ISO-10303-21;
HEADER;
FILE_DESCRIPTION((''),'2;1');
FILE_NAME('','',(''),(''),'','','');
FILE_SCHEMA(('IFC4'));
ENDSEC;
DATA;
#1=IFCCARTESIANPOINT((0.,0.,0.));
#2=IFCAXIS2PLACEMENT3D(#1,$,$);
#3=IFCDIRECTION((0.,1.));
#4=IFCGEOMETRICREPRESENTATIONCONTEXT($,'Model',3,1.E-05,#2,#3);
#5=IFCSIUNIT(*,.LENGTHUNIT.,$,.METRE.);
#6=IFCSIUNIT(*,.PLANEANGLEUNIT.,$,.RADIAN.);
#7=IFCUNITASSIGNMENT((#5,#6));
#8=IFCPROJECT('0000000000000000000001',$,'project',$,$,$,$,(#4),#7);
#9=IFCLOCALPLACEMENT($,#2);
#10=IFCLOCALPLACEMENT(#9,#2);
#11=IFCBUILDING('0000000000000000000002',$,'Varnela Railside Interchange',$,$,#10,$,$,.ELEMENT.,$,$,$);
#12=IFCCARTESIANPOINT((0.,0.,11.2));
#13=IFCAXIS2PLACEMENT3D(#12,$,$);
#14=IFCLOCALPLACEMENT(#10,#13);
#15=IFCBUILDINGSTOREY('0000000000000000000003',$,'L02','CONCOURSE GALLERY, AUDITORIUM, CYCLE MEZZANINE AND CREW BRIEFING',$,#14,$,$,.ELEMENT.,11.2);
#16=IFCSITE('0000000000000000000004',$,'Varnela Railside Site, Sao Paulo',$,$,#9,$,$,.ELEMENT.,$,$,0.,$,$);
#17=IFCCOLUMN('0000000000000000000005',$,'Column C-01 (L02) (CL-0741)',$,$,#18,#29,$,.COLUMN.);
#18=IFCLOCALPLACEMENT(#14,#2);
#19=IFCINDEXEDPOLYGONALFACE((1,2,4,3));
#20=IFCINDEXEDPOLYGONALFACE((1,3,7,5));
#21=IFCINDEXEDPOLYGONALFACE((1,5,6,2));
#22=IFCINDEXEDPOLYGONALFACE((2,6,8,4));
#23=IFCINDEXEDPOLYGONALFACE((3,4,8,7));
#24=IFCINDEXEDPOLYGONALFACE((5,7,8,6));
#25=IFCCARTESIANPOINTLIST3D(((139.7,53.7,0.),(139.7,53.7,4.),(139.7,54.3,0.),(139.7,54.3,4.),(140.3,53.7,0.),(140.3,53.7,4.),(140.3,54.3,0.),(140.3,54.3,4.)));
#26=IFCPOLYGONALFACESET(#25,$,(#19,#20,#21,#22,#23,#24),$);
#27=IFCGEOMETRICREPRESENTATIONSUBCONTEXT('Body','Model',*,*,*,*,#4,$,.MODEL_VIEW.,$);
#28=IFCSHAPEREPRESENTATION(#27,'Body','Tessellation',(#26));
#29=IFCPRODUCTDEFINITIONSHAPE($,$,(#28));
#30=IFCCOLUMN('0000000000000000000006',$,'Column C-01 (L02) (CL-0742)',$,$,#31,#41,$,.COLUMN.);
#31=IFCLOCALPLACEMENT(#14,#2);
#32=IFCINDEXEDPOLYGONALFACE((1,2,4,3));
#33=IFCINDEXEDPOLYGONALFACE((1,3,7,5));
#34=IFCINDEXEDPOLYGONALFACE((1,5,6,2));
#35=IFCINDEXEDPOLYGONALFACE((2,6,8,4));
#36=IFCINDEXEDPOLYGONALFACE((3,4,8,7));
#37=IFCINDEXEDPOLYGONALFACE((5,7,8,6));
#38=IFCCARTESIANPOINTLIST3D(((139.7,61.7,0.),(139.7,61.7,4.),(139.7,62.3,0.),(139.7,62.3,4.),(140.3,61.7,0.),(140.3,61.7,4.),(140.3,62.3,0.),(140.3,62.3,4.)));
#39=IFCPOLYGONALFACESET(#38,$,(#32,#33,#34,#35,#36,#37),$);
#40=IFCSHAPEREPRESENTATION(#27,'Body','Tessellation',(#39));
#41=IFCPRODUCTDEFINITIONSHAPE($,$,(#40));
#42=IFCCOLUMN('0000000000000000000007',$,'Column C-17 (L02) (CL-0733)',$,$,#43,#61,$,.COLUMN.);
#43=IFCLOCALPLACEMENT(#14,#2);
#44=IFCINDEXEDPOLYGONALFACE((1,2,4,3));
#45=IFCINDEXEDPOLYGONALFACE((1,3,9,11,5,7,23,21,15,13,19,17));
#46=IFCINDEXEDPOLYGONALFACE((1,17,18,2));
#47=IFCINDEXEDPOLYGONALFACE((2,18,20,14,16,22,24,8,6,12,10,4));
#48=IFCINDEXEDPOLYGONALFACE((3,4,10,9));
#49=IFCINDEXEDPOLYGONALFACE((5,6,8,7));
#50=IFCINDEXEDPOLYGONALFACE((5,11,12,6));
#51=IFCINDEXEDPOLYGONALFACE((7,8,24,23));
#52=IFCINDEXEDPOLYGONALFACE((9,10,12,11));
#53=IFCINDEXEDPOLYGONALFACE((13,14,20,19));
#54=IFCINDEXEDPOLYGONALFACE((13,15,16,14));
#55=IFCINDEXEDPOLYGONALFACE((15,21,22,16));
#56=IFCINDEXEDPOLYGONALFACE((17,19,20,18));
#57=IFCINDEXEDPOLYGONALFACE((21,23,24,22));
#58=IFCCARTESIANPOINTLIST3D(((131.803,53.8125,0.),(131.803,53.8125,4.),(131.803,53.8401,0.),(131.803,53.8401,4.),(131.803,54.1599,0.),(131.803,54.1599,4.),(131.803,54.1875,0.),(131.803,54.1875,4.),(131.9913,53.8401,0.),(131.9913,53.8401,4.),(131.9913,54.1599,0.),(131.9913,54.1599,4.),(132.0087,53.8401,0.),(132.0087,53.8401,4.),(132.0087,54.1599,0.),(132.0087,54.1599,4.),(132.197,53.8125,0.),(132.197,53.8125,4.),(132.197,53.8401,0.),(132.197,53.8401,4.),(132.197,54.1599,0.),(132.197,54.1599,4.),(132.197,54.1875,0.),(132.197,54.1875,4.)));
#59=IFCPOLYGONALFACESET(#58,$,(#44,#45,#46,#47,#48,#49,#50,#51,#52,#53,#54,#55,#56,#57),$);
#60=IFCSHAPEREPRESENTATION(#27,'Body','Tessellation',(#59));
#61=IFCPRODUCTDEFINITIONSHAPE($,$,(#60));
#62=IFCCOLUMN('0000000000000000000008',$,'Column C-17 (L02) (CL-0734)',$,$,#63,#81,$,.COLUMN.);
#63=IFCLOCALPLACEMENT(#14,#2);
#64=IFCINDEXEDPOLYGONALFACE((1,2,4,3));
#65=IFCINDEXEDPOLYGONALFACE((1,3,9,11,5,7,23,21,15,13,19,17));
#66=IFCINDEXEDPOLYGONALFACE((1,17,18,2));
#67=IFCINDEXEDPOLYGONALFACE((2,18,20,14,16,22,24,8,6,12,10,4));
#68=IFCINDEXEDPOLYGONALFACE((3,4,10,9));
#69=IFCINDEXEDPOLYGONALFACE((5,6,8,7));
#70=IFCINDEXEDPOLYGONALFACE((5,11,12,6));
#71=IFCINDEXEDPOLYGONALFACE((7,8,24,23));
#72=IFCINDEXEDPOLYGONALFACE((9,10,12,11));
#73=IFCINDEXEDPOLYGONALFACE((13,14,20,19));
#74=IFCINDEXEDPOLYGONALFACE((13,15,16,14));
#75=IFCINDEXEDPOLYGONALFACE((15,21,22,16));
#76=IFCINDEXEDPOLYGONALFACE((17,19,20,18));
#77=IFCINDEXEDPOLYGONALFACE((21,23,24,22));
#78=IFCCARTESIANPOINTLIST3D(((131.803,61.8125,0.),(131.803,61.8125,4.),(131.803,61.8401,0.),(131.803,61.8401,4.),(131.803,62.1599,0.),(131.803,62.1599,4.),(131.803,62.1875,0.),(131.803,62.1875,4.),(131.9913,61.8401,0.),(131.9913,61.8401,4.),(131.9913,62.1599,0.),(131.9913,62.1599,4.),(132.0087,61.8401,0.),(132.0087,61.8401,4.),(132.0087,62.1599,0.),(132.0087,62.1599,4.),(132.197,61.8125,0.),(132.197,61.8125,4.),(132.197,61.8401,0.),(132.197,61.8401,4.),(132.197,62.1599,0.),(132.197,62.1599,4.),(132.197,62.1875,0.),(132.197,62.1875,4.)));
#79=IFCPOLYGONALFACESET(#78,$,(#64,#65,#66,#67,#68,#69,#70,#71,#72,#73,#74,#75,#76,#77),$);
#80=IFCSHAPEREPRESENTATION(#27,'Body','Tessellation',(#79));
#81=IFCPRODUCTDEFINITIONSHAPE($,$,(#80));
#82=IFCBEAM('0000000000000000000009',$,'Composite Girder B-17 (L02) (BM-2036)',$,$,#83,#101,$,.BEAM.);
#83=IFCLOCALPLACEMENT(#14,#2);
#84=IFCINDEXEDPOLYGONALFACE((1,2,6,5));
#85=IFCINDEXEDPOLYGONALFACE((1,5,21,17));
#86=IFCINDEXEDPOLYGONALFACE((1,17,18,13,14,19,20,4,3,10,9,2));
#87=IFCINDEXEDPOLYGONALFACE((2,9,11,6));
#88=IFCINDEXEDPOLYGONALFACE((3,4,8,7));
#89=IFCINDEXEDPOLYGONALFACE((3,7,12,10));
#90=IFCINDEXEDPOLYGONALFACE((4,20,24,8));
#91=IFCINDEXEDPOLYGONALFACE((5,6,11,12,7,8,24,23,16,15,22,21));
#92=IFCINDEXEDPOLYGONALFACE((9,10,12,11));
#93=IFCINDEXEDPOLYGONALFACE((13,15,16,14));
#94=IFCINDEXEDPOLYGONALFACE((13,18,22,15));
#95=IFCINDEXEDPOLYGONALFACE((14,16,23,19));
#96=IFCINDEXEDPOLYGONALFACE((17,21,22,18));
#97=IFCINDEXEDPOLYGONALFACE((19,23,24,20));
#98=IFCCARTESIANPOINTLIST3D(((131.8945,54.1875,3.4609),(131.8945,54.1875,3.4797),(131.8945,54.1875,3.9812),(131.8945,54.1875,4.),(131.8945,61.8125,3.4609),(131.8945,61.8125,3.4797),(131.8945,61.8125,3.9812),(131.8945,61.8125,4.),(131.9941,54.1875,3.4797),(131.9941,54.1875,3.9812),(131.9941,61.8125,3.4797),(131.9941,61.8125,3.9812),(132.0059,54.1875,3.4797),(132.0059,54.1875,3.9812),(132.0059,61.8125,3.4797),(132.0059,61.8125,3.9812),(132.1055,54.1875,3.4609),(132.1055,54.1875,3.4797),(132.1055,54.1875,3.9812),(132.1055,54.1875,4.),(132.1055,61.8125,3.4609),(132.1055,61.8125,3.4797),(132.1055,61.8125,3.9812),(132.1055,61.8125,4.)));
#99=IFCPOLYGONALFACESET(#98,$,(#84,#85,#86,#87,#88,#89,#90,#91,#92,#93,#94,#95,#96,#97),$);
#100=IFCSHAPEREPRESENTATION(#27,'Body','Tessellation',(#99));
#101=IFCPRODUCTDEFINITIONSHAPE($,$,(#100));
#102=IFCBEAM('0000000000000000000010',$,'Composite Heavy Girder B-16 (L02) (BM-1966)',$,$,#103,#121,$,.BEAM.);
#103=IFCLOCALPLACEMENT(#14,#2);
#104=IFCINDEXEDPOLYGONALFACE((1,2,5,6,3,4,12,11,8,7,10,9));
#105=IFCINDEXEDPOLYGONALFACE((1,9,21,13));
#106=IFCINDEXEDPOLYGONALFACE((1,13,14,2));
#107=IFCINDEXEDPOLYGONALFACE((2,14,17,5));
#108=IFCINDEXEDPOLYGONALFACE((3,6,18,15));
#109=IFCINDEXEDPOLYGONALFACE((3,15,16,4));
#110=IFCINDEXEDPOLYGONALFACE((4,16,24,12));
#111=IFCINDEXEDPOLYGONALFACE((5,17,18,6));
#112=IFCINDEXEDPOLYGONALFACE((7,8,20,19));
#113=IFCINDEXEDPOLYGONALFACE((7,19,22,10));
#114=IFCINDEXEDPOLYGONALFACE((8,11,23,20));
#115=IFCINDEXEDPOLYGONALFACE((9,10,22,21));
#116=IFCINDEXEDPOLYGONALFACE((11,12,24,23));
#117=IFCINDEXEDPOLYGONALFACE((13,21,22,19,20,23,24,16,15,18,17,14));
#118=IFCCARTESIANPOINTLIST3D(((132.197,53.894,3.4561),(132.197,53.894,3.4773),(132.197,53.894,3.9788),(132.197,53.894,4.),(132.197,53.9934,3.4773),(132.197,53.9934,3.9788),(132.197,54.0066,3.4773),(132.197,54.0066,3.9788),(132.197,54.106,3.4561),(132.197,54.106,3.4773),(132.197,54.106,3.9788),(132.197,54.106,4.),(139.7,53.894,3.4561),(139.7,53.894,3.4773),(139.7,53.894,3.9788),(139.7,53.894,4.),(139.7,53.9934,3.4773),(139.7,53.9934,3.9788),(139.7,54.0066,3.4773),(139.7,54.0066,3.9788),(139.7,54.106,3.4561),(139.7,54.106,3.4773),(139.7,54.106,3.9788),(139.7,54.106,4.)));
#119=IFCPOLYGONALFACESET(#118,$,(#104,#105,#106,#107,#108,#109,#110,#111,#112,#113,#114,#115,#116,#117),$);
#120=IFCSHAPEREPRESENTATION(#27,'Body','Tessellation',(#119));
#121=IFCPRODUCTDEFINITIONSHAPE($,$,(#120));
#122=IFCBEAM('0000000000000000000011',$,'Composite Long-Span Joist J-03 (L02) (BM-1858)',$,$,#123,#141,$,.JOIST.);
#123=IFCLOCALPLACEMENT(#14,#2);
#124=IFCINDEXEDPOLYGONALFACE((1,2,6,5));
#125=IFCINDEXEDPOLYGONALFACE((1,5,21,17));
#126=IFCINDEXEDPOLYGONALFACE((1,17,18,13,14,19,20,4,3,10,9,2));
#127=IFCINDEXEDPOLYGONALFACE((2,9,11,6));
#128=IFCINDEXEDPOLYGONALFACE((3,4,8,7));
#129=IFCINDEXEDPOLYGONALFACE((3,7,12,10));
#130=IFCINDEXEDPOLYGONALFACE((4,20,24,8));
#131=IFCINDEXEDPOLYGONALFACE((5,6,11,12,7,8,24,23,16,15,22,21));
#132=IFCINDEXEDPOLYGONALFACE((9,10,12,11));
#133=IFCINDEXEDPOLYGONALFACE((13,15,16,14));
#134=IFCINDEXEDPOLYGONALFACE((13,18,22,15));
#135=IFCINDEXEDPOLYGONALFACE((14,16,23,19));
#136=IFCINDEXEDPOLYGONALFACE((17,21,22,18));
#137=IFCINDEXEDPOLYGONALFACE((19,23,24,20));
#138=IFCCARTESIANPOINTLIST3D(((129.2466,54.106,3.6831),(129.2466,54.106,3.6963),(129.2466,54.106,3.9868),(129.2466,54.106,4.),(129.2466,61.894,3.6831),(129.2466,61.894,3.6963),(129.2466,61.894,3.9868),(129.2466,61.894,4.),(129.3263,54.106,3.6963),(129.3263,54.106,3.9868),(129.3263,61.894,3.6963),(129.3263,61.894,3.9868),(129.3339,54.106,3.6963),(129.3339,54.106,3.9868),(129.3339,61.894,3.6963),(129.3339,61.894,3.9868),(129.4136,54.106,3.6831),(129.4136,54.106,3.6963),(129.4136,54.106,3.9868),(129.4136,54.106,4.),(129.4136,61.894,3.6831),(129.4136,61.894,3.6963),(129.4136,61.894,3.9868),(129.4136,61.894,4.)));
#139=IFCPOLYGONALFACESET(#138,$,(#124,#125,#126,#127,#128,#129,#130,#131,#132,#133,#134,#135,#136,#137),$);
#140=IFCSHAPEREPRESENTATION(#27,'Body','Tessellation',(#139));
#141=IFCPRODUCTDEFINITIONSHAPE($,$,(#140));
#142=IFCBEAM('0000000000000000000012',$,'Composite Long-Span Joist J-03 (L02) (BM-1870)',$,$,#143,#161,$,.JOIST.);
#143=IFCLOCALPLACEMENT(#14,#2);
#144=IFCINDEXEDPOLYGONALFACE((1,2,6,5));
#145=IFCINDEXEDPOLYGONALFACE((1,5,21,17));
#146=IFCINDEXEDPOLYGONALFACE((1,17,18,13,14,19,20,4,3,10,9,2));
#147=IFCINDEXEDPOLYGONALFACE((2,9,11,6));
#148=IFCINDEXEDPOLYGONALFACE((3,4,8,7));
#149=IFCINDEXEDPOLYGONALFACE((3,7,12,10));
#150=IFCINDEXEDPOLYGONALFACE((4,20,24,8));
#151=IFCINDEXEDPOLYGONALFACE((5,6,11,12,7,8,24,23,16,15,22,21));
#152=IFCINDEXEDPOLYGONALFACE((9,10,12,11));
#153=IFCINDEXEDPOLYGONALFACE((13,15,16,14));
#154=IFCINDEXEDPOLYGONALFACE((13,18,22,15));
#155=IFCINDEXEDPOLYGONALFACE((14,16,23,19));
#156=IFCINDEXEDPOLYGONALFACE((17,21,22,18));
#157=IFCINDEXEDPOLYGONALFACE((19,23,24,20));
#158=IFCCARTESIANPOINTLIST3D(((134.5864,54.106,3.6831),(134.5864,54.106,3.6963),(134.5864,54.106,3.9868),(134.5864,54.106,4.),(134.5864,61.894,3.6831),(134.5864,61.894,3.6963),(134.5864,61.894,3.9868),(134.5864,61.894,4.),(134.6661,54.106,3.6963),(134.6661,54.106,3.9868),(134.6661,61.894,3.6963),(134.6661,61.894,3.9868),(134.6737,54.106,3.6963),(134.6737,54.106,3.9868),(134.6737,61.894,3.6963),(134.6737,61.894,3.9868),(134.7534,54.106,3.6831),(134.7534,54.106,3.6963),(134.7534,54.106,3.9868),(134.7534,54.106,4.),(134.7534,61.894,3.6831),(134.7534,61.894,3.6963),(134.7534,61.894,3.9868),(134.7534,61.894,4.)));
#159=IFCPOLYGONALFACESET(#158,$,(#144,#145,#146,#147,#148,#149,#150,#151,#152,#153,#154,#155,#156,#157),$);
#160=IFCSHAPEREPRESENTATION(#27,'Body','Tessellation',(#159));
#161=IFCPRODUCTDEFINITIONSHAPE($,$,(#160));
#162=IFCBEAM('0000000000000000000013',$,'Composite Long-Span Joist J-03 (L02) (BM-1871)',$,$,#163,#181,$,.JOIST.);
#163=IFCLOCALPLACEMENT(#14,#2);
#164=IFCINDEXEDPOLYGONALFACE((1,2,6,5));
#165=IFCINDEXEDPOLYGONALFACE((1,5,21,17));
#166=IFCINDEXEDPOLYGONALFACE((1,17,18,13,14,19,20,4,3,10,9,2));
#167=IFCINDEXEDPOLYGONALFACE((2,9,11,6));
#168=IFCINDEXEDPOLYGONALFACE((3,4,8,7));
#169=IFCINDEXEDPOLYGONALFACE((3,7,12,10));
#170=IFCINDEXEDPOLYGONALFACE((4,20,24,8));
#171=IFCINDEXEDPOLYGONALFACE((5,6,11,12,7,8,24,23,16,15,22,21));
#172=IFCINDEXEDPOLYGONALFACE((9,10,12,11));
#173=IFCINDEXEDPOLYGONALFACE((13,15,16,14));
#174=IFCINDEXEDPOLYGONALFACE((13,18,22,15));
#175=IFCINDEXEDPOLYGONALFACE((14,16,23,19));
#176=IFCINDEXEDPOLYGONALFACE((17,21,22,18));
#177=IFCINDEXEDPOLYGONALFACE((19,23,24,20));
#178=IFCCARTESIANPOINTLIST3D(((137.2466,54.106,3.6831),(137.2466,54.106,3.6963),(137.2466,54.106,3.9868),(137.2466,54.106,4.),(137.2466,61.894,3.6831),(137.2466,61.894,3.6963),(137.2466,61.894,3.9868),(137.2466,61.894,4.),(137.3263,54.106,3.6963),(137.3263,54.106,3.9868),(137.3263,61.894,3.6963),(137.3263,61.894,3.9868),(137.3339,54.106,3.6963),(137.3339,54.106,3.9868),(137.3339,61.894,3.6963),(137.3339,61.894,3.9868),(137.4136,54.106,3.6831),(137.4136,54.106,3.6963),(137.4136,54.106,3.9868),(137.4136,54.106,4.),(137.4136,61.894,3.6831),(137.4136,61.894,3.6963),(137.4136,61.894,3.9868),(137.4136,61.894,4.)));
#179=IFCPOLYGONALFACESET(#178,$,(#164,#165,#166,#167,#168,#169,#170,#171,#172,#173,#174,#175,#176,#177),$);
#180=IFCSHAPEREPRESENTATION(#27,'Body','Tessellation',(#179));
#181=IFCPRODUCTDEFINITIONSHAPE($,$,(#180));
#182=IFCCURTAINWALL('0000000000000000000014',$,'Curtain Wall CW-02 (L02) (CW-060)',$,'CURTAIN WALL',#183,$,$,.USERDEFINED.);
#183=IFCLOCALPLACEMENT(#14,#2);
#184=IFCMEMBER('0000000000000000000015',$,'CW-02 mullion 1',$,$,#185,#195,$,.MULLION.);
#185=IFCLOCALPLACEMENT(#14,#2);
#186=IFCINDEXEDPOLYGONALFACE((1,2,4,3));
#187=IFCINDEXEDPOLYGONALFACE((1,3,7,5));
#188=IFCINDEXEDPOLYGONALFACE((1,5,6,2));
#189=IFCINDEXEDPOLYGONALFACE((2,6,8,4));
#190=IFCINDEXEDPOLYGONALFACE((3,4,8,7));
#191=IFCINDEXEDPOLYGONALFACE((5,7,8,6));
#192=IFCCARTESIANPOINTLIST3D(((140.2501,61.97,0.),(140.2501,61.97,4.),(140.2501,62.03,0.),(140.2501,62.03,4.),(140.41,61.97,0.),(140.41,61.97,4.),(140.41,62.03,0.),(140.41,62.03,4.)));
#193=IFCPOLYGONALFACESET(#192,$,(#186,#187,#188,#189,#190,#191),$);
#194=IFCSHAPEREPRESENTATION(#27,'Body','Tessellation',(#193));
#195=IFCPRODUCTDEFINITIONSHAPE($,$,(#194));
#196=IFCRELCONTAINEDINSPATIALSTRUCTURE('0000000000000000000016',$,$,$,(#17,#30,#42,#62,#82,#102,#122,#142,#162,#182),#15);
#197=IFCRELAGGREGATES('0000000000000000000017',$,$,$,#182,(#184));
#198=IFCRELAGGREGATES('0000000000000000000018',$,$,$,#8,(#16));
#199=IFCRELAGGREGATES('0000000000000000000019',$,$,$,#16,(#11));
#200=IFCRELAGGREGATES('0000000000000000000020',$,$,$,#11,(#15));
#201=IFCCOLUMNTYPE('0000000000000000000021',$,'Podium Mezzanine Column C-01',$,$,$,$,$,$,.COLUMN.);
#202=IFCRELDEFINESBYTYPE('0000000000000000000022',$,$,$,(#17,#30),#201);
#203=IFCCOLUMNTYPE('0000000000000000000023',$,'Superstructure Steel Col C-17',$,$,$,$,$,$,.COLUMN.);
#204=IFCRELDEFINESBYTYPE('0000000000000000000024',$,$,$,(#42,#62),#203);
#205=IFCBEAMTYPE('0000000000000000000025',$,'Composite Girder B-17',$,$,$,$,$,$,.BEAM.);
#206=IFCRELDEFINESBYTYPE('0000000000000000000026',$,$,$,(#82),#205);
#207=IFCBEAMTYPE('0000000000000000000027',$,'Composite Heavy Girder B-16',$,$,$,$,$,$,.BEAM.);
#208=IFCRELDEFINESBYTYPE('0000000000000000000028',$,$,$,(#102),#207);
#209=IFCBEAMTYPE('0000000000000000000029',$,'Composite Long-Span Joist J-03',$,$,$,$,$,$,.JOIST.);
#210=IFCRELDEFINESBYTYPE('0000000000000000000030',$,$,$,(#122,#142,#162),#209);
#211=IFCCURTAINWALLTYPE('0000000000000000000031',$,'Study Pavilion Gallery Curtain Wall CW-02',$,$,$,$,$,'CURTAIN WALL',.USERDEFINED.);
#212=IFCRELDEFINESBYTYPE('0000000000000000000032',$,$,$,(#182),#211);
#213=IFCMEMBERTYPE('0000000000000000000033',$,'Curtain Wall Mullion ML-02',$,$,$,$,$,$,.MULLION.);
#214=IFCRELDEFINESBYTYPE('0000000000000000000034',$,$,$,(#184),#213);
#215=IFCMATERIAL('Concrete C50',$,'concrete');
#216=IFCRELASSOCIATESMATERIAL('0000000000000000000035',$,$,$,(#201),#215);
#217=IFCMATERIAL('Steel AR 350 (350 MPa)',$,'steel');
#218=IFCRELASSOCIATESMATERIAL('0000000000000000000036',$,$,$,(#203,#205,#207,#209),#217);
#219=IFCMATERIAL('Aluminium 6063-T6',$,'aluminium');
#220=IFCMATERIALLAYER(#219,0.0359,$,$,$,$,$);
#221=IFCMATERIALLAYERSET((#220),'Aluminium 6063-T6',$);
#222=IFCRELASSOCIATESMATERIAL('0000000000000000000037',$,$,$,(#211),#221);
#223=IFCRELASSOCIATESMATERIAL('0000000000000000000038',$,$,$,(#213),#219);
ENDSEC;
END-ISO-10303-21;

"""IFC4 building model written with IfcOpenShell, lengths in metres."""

from ifc_helpers import new_model, si_unit, direction, frame, origin, origin_2d, place, context, subcontext, project, spatial, rectangle, i_section, extrude, material, layer, layer_set, material_profile, profile_set, type_object, element, aggregate, save


model = new_model("IFC4")

# Units and contexts
model_context = context("Model", 3, precision=1e-05, world=origin(), true_north=direction((0.0, 1.0)))
body_context = subcontext(model_context, "Body", "Model", "MODEL_VIEW")
ifc_project = project(units=[si_unit("LENGTHUNIT", "METRE"), si_unit("PLANEANGLEUNIT", "RADIAN")], contexts=[model_context])

# Site, building, storey
site_placement = place(None, origin())
site = spatial("IfcSite", under=ifc_project, at=site_placement, Name="Varnela Railside Site, Sao Paulo", CompositionType="ELEMENT", RefElevation=0.0)
building_placement = place(site_placement, origin())
building = spatial("IfcBuilding", under=site, at=building_placement, Name="Varnela Railside Interchange", CompositionType="ELEMENT")
storey_placement = place(building_placement, frame((0.0, 0.0, 11.2)))
storey = spatial("IfcBuildingStorey", under=building, at=storey_placement, Name="L02", Description="CONCOURSE GALLERY, AUDITORIUM, CYCLE MEZZANINE AND CREW BRIEFING", CompositionType="ELEMENT", Elevation=11.2)

# Columns
ifc_material_1 = material(Name="Concrete C50", Category="concrete")
ifc_material_profile_1 = material_profile(ifc_material_1, rectangle(XDim=0.6001, YDim=0.6001, at=origin_2d()), Name="RC 600x600")
ifc_profile_set_1 = profile_set([ifc_material_profile_1], Name="Concrete C50")
column_type_1 = type_object("IfcColumnType", Name="Podium Mezzanine Column C-01", PredefinedType="COLUMN", material=ifc_profile_set_1)
for number, where, z_axis, x_axis, name in (
    (1, (140.0, 54.0, 0.0), (0.0, 0.0, 1.0), (1.0, 0.0, 0.0), "Column C-01 (L02) (CL-0741)"),
    (2, (140.0, 62.0, 0.0), (0.0, 0.0, 1.0), (1.0, 0.0, 0.0), "Column C-01 (L02) (CL-0742)"),
):
    element("IfcColumn", number, at=place(storey_placement, frame(where, z_axis=z_axis, x_axis=x_axis)), inside=storey, type_object=column_type_1, Name=name, PredefinedType="COLUMN", context=body_context, shape_type="SweptSolid", body=[
        extrude(rectangle(XDim=0.6001, YDim=0.6001, at=origin_2d()), origin(), (0.0, 0.0, 1.0), 4.0),
    ])
ifc_material_2 = material(Name="Steel AR 350 (350 MPa)", Category="steel")
ifc_material_profile_2 = material_profile(ifc_material_2, i_section(OverallWidth=0.394, OverallDepth=0.375, WebThickness=0.0173, FlangeThickness=0.0276, at=origin_2d()), Name="W360x216")
ifc_profile_set_2 = profile_set([ifc_material_profile_2], Name="Steel AR 350 (350 MPa)")
column_type_2 = type_object("IfcColumnType", Name="Superstructure Steel Col C-17", PredefinedType="COLUMN", material=ifc_profile_set_2)
for number, where, z_axis, x_axis, name in (
    (3, (132.0, 54.0, 0.0), (0.0, 0.0, 1.0), (1.0, 0.0, 0.0), "Column C-17 (L02) (CL-0733)"),
    (4, (132.0, 62.0, 0.0), (0.0, 0.0, 1.0), (1.0, 0.0, 0.0), "Column C-17 (L02) (CL-0734)"),
):
    element("IfcColumn", number, at=place(storey_placement, frame(where, z_axis=z_axis, x_axis=x_axis)), inside=storey, type_object=column_type_2, Name=name, PredefinedType="COLUMN", context=body_context, shape_type="SweptSolid", body=[
        extrude(i_section(OverallWidth=0.394, OverallDepth=0.375, WebThickness=0.0173, FlangeThickness=0.0276, at=origin_2d()), origin(), (0.0, 0.0, 1.0), 4.0),
    ])

# Beams
ifc_material_profile_3 = material_profile(ifc_material_2, i_section(OverallWidth=0.2109, OverallDepth=0.5391, WebThickness=0.0117, FlangeThickness=0.0188, at=origin_2d()), Name="W530x109")
ifc_profile_set_3 = profile_set([ifc_material_profile_3], Name="Steel AR 350 (350 MPa)")
beam_type_1 = type_object("IfcBeamType", Name="Composite Girder B-17", PredefinedType="BEAM", material=ifc_profile_set_3)
beam_1_placement = place(storey_placement, frame((132.0, 54.1875, 3.7305), z_axis=(0.0, 1.0, 0.0), x_axis=(-1.0, 0.0, 0.0)))
element("IfcBeam", 5, at=beam_1_placement, inside=storey, type_object=beam_type_1, Name="Composite Girder B-17 (L02) (BM-2036)", PredefinedType="BEAM", context=body_context, shape_type="SweptSolid", body=[
    extrude(i_section(OverallWidth=0.2109, OverallDepth=0.5391, WebThickness=0.0117, FlangeThickness=0.0188, at=origin_2d()), origin(), (0.0, 0.0, 1.0), 7.625),
])
ifc_material_profile_4 = material_profile(ifc_material_2, i_section(OverallWidth=0.2119, OverallDepth=0.5439, WebThickness=0.0132, FlangeThickness=0.0212, at=origin_2d()), Name="W530x123")
ifc_profile_set_4 = profile_set([ifc_material_profile_4], Name="Steel AR 350 (350 MPa)")
beam_type_2 = type_object("IfcBeamType", Name="Composite Heavy Girder B-16", PredefinedType="BEAM", material=ifc_profile_set_4)
beam_2_placement = place(storey_placement, frame((132.197, 54.0, 3.728), z_axis=(1.0, 0.0, 0.0), x_axis=(0.0, 1.0, 0.0)))
element("IfcBeam", 6, at=beam_2_placement, inside=storey, type_object=beam_type_2, Name="Composite Heavy Girder B-16 (L02) (BM-1966)", PredefinedType="BEAM", context=body_context, shape_type="SweptSolid", body=[
    extrude(i_section(OverallWidth=0.2119, OverallDepth=0.5439, WebThickness=0.0132, FlangeThickness=0.0212, at=origin_2d()), origin(), (0.0, 0.0, 1.0), 7.5029),
])
ifc_material_profile_5 = material_profile(ifc_material_2, i_section(OverallWidth=0.167, OverallDepth=0.3169, WebThickness=0.0076, FlangeThickness=0.0132, at=origin_2d()), Name="W310x52")
ifc_profile_set_5 = profile_set([ifc_material_profile_5], Name="Steel AR 350 (350 MPa)")
beam_type_3 = type_object("IfcBeamType", Name="Composite Long-Span Joist J-03", PredefinedType="JOIST", material=ifc_profile_set_5)
for number, where, z_axis, x_axis, name in (
    (7, (129.3301, 54.106, 3.8416), (0.0, 1.0, 0.0), (-1.0, 0.0, 0.0), "Composite Long-Span Joist J-03 (L02) (BM-1858)"),
    (8, (134.6699, 54.106, 3.8416), (0.0, 1.0, 0.0), (-1.0, 0.0, 0.0), "Composite Long-Span Joist J-03 (L02) (BM-1870)"),
    (9, (137.3301, 54.106, 3.8416), (0.0, 1.0, 0.0), (-1.0, 0.0, 0.0), "Composite Long-Span Joist J-03 (L02) (BM-1871)"),
):
    element("IfcBeam", number, at=place(storey_placement, frame(where, z_axis=z_axis, x_axis=x_axis)), inside=storey, type_object=beam_type_3, Name=name, PredefinedType="JOIST", context=body_context, shape_type="SweptSolid", body=[
        extrude(i_section(OverallWidth=0.167, OverallDepth=0.3169, WebThickness=0.0076, FlangeThickness=0.0132, at=origin_2d()), origin(), (0.0, 0.0, 1.0), 7.7881),
    ])

# Curtain wall, member
ifc_material_3 = material(Name="Aluminium 6063-T6", Category="aluminium")
ifc_layer_1 = layer(ifc_material_3, 0.0359)
ifc_layer_set_1 = layer_set([ifc_layer_1], Name="Aluminium 6063-T6")
curtain_wall_type = type_object("IfcCurtainWallType", Name="Study Pavilion Gallery Curtain Wall CW-02", ElementType="CURTAIN WALL", PredefinedType="USERDEFINED", material=ifc_layer_set_1)
curtain_wall_placement = place(storey_placement, origin())
curtain_wall = element("IfcCurtainWall", 10, at=curtain_wall_placement, inside=storey, type_object=curtain_wall_type, Name="Curtain Wall CW-02 (L02) (CW-060)", ObjectType="CURTAIN WALL", PredefinedType="USERDEFINED")
ifc_material_profile_6 = material_profile(ifc_material_3, rectangle(XDim=0.0601, YDim=0.1599, at=origin_2d()), Name="ALU 60x160")
ifc_profile_set_6 = profile_set([ifc_material_profile_6], Name="Aluminium 6063-T6")
member_type_1 = type_object("IfcMemberType", Name="Curtain Wall Mullion ML-02", PredefinedType="MULLION", material=ifc_profile_set_6)
member_1_placement = place(storey_placement, frame((140.3301, 62.0, 0.0), z_axis=(0.0, 0.0, 1.0), x_axis=(0.0, 1.0, 0.0)))
member_1 = element("IfcMember", 11, at=member_1_placement, type_object=member_type_1, Name="CW-02 mullion 1", PredefinedType="MULLION", context=body_context, shape_type="SweptSolid", body=[
    extrude(rectangle(XDim=0.0601, YDim=0.1599, at=origin_2d()), origin(), (0.0, 0.0, 1.0), 4.0),
])

aggregate(curtain_wall, [member_1])

save(model, "model.ifc")
